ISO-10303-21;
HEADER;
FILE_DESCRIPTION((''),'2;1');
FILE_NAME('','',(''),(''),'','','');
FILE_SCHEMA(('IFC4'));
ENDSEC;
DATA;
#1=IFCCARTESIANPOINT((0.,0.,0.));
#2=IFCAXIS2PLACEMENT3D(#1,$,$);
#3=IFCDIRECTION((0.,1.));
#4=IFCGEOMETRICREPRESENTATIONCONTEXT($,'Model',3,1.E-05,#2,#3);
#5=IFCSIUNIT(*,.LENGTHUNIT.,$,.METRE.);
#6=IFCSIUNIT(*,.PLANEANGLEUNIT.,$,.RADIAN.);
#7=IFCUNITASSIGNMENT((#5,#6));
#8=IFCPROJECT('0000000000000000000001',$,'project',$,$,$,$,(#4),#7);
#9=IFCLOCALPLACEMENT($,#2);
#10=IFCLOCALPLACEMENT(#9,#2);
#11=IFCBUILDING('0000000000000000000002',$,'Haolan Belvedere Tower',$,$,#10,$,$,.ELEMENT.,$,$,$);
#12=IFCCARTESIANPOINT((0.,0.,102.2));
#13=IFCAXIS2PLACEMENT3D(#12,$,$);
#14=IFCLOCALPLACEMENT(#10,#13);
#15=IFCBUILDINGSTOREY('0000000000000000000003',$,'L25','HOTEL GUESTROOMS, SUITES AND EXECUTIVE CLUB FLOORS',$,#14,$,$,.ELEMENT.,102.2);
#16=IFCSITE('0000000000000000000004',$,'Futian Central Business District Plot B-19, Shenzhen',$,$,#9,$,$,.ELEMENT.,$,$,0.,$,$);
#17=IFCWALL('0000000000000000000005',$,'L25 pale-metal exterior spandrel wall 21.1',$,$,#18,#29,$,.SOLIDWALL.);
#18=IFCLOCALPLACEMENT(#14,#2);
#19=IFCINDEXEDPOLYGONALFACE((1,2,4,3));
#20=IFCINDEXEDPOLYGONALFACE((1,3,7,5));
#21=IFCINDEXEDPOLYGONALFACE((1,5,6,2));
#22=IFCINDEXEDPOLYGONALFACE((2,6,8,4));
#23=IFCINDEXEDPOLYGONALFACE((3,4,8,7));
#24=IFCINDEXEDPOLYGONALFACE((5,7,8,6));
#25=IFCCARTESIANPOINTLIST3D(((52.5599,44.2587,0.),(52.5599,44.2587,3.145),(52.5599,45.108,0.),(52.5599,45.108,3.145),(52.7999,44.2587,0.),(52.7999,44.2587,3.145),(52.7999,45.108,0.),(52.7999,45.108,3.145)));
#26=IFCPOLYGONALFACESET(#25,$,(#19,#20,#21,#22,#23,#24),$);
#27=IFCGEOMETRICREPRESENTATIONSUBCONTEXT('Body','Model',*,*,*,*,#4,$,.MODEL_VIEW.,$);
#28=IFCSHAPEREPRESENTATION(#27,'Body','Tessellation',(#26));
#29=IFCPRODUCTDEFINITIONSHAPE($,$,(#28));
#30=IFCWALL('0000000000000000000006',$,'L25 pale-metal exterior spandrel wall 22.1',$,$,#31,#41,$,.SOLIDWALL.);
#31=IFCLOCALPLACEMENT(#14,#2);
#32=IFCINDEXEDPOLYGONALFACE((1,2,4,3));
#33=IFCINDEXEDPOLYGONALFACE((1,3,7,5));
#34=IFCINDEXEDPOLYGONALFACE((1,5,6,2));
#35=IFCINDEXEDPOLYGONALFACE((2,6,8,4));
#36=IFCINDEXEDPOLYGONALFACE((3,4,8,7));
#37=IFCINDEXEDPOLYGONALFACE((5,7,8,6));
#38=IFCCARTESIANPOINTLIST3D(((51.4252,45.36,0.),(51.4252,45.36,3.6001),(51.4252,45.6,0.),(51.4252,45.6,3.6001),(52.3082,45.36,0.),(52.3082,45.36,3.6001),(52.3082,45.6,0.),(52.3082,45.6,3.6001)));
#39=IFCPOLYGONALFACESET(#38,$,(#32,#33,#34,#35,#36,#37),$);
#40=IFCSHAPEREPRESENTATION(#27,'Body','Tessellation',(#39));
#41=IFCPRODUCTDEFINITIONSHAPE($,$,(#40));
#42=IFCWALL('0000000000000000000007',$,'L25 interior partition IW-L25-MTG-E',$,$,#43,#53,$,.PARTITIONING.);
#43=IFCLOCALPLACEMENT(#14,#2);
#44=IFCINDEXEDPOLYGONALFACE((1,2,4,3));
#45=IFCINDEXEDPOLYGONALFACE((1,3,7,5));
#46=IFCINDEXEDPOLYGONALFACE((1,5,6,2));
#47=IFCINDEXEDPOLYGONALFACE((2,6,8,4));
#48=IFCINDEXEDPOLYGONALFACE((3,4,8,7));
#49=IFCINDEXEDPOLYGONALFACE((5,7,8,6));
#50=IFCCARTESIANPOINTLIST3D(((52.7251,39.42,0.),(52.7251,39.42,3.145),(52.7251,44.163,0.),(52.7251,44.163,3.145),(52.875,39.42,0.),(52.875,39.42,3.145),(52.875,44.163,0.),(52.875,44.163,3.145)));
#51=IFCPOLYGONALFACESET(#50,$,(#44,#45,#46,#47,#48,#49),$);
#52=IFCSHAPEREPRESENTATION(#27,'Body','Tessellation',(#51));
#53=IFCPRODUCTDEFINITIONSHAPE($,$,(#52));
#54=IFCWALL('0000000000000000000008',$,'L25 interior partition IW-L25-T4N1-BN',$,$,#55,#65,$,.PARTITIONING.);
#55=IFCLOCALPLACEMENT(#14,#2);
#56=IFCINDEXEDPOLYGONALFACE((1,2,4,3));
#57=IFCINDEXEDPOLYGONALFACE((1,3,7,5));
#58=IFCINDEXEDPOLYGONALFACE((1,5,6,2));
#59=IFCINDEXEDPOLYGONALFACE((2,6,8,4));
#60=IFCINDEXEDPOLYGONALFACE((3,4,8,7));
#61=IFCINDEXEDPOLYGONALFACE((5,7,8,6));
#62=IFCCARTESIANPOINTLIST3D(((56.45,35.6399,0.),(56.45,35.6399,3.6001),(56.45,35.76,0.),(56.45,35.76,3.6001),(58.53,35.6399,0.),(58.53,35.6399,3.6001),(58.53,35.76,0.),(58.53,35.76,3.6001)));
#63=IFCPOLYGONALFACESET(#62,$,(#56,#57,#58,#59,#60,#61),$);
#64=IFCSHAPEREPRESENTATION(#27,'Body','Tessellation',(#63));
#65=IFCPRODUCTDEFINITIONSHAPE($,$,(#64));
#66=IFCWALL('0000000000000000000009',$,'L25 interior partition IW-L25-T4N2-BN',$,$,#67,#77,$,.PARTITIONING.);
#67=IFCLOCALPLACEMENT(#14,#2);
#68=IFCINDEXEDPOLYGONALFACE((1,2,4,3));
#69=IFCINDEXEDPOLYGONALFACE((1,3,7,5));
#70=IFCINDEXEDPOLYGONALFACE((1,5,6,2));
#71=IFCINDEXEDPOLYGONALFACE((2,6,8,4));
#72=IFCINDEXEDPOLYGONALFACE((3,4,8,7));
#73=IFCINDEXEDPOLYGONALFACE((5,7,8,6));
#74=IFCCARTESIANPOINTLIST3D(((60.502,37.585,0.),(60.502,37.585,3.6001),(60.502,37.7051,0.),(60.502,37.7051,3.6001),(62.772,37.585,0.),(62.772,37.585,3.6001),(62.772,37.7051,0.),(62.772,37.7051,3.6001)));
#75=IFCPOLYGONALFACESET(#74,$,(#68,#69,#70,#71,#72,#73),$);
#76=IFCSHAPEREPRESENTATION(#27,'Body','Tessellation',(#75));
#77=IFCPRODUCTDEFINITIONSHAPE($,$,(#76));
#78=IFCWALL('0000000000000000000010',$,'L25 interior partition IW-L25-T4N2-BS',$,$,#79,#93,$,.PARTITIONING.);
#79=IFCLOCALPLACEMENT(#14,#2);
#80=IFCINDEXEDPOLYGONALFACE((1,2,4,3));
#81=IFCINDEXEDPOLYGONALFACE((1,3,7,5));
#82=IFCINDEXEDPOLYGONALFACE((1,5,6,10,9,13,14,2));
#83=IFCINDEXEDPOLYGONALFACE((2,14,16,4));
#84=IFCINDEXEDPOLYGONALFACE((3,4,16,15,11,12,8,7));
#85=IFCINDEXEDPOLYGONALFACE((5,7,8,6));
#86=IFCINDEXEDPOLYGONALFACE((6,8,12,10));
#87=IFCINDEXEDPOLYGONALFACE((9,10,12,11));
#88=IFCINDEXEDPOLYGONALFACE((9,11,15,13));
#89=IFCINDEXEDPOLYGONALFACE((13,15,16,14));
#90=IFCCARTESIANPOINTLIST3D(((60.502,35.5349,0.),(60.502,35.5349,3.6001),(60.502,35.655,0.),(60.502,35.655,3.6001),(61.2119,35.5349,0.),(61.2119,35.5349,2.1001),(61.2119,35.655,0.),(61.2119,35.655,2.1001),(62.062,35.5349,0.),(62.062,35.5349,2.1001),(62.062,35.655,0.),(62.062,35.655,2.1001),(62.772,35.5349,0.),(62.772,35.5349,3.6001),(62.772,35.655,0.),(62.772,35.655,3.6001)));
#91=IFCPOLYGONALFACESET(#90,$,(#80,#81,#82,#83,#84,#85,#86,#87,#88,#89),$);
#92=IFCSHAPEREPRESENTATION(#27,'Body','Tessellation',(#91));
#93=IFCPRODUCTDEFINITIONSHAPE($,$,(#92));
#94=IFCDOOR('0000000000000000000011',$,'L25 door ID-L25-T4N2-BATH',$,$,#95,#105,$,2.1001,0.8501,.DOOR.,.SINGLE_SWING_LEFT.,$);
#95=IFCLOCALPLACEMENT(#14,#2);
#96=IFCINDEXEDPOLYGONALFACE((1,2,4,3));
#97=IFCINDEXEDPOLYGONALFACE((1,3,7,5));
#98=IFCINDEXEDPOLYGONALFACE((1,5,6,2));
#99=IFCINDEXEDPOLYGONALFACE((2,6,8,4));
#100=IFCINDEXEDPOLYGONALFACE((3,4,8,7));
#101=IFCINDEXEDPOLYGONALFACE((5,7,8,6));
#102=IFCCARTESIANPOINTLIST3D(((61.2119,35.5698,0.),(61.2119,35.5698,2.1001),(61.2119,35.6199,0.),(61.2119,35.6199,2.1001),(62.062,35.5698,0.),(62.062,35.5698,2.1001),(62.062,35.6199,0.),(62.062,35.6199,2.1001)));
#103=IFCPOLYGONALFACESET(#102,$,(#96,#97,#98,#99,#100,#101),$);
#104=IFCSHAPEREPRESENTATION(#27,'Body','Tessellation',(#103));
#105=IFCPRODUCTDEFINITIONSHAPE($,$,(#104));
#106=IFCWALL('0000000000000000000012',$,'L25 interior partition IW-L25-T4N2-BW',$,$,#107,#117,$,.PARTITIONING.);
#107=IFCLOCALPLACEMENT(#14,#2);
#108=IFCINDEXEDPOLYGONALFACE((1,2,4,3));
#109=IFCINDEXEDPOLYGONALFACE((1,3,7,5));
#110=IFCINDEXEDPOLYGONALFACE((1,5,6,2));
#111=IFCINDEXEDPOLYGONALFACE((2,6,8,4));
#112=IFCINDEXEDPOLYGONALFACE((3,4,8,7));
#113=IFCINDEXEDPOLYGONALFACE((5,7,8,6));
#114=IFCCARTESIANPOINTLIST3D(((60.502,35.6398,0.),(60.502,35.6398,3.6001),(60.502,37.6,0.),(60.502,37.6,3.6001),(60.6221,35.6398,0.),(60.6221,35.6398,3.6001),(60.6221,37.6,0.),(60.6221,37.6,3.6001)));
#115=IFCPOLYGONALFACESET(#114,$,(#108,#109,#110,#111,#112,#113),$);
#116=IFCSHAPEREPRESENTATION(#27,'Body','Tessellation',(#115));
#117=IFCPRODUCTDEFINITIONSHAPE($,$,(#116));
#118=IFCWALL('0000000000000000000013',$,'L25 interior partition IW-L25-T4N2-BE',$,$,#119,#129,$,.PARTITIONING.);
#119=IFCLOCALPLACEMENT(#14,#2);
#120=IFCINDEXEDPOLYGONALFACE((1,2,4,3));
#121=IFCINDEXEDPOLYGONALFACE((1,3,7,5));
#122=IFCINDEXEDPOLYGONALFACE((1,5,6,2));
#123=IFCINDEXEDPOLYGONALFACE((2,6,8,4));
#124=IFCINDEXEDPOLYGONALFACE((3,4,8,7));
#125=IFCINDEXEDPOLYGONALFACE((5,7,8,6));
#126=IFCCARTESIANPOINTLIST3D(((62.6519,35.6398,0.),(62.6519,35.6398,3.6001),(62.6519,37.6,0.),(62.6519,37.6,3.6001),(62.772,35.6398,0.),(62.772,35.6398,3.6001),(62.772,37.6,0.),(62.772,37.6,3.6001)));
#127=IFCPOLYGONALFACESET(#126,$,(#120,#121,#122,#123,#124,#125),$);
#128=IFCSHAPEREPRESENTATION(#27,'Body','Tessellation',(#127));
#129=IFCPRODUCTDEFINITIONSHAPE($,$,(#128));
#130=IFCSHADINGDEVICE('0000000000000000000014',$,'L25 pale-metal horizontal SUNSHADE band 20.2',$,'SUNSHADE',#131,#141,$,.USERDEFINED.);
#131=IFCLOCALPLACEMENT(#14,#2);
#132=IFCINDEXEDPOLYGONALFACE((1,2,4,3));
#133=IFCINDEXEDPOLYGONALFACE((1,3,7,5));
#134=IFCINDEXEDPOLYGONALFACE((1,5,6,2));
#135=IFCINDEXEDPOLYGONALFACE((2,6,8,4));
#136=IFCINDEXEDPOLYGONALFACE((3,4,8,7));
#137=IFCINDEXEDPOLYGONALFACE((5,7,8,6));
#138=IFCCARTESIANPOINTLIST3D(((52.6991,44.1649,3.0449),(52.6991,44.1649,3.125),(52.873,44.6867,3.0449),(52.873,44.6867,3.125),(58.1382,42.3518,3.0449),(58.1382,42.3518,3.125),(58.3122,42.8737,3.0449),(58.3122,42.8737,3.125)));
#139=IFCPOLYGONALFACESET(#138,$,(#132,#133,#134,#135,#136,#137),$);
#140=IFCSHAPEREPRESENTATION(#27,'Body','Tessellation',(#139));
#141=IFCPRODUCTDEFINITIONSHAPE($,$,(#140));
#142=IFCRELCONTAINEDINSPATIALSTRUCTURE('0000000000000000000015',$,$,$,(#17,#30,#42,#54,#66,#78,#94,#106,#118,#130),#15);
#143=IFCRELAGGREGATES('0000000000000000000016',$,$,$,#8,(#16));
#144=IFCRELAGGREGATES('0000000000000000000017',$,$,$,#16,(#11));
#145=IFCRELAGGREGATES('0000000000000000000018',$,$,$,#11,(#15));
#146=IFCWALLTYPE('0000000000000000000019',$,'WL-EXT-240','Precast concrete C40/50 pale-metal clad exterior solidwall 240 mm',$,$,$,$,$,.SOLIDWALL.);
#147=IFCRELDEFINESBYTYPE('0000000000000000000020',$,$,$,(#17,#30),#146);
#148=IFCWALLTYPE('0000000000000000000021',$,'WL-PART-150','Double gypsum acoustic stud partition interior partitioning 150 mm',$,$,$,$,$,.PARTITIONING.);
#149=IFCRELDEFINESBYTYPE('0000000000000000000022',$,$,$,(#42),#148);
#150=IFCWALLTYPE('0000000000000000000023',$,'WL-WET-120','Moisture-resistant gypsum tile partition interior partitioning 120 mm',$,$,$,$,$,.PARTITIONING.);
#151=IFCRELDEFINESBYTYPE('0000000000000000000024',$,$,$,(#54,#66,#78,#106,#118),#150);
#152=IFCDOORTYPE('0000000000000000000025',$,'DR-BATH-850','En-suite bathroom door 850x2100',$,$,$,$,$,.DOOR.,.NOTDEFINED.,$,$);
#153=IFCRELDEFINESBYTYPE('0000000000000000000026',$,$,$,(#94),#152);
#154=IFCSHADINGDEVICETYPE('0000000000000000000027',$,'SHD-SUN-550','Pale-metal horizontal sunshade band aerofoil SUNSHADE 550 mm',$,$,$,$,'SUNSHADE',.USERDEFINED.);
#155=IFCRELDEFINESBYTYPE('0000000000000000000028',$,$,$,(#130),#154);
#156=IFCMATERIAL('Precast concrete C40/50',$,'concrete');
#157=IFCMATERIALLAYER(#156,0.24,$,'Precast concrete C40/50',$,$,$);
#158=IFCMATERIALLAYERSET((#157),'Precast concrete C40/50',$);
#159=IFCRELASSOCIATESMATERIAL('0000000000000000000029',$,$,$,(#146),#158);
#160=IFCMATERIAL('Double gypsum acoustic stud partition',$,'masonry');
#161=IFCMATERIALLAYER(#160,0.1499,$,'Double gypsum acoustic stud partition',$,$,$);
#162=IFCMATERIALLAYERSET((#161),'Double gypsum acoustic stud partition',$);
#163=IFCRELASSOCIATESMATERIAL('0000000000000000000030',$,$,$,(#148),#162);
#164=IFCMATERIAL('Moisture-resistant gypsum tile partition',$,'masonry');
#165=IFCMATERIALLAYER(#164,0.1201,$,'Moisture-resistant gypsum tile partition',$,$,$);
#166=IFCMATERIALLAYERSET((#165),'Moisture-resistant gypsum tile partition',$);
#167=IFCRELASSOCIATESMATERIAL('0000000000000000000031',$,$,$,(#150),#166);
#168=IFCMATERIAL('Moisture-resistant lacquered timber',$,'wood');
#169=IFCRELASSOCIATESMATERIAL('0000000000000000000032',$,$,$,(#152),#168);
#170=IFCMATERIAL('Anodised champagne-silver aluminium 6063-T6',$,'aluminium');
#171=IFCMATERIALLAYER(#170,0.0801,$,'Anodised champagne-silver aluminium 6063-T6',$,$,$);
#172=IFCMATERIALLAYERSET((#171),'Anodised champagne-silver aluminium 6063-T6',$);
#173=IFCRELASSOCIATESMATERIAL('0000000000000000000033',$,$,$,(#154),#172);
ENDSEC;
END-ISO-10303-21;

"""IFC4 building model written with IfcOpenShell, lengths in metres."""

from ifc_helpers import new_model, si_unit, direction, frame, frame_2d, origin, origin_2d, place, context, subcontext, project, spatial, rectangle, extrude, material, layer, layer_set, type_object, element, fill, save


model = new_model("IFC4")

# Units and contexts
model_context = context("Model", 3, precision=1e-05, world=origin(), true_north=direction((0.0, 1.0)))
body_context = subcontext(model_context, "Body", "Model", "MODEL_VIEW")
ifc_project = project(units=[si_unit("LENGTHUNIT", "METRE"), si_unit("PLANEANGLEUNIT", "RADIAN")], contexts=[model_context])

# Site, building, storey
site_placement = place(None, origin())
site = spatial("IfcSite", under=ifc_project, at=site_placement, Name="Futian Central Business District Plot B-19, Shenzhen", CompositionType="ELEMENT", RefElevation=0.0)
building_placement = place(site_placement, origin())
building = spatial("IfcBuilding", under=site, at=building_placement, Name="Haolan Belvedere Tower", CompositionType="ELEMENT")
storey_placement = place(building_placement, frame((0.0, 0.0, 102.2)))
storey = spatial("IfcBuildingStorey", under=building, at=storey_placement, Name="L25", Description="HOTEL GUESTROOMS, SUITES AND EXECUTIVE CLUB FLOORS", CompositionType="ELEMENT", Elevation=102.2)

# Shared definitions
ifc_material_1 = material(Name="Precast concrete C40/50", Category="concrete")
ifc_layer_1 = layer(ifc_material_1, 0.24, Name="Precast concrete C40/50")
ifc_layer_set_1 = layer_set([ifc_layer_1], Name="Precast concrete C40/50")
wall_type_1 = type_object("IfcWallType", Name="WL-EXT-240", Description="Precast concrete C40/50 pale-metal clad exterior solidwall 240 mm", PredefinedType="SOLIDWALL", material=ifc_layer_set_1)

# Walls
wall_1_placement = place(storey_placement, frame((52.6799, 44.2585, 0.0), z_axis=(0.0, 0.0, 1.0), x_axis=(0.0, 1.0, 0.0)))
element("IfcWall", 1, at=wall_1_placement, inside=storey, type_object=wall_type_1, Name="L25 pale-metal exterior spandrel wall 21.1", PredefinedType="SOLIDWALL", context=body_context, shape_type="SweptSolid", body=[
    extrude(rectangle(XDim=0.8494, YDim=0.24, at=frame_2d((0.4248, 0.0))), origin(), (0.0, 0.0, 1.0), 3.145),
])
wall_2_placement = place(storey_placement, frame((52.3081, 45.48, 0.0), z_axis=(0.0, 0.0, 1.0), x_axis=(-1.0, 0.0, 0.0)))
element("IfcWall", 2, at=wall_2_placement, inside=storey, type_object=wall_type_1, Name="L25 pale-metal exterior spandrel wall 22.1", PredefinedType="SOLIDWALL", context=body_context, shape_type="SweptSolid", body=[
    extrude(rectangle(XDim=0.8831, YDim=0.24, at=frame_2d((0.4414, 0.0))), origin(), (0.0, 0.0, 1.0), 3.6001),
])
ifc_material_2 = material(Name="Double gypsum acoustic stud partition", Category="masonry")
ifc_layer_2 = layer(ifc_material_2, 0.1499, Name="Double gypsum acoustic stud partition")
ifc_layer_set_2 = layer_set([ifc_layer_2], Name="Double gypsum acoustic stud partition")
wall_type_2 = type_object("IfcWallType", Name="WL-PART-150", Description="Double gypsum acoustic stud partition interior partitioning 150 mm", PredefinedType="PARTITIONING", material=ifc_layer_set_2)
wall_3_placement = place(storey_placement, frame((52.8, 39.4199, 0.0), z_axis=(0.0, 0.0, 1.0), x_axis=(0.0, 1.0, 0.0)))
element("IfcWall", 3, at=wall_3_placement, inside=storey, type_object=wall_type_2, Name="L25 interior partition IW-L25-MTG-E", PredefinedType="PARTITIONING", context=body_context, shape_type="SweptSolid", body=[
    extrude(rectangle(XDim=4.7429, YDim=0.1499, at=frame_2d((2.3716, 0.0))), origin(), (0.0, 0.0, 1.0), 3.145),
])
ifc_material_3 = material(Name="Moisture-resistant gypsum tile partition", Category="masonry")
ifc_layer_3 = layer(ifc_material_3, 0.1201, Name="Moisture-resistant gypsum tile partition")
ifc_layer_set_3 = layer_set([ifc_layer_3], Name="Moisture-resistant gypsum tile partition")
wall_type_3 = type_object("IfcWallType", Name="WL-WET-120", Description="Moisture-resistant gypsum tile partition interior partitioning 120 mm", PredefinedType="PARTITIONING", material=ifc_layer_set_3)
wall_4_placement = place(storey_placement, frame((56.45, 35.7, 0.0), z_axis=(0.0, 0.0, 1.0), x_axis=(1.0, 0.0, 0.0)))
element("IfcWall", 4, at=wall_4_placement, inside=storey, type_object=wall_type_3, Name="L25 interior partition IW-L25-T4N1-BN", PredefinedType="PARTITIONING", context=body_context, shape_type="SweptSolid", body=[
    extrude(rectangle(XDim=2.0801, YDim=0.1201, at=frame_2d((1.04, 0.0))), origin(), (0.0, 0.0, 1.0), 3.6001),
])
wall_5_placement = place(storey_placement, frame((60.502, 37.645, 0.0), z_axis=(0.0, 0.0, 1.0), x_axis=(1.0, 0.0, 0.0)))
element("IfcWall", 5, at=wall_5_placement, inside=storey, type_object=wall_type_3, Name="L25 interior partition IW-L25-T4N2-BN", PredefinedType="PARTITIONING", context=body_context, shape_type="SweptSolid", body=[
    extrude(rectangle(XDim=2.27, YDim=0.1201, at=frame_2d((1.135, 0.0))), origin(), (0.0, 0.0, 1.0), 3.6001),
])

# Wall, opening, door
wall_6_placement = place(storey_placement, frame((60.502, 35.595, 0.0), z_axis=(0.0, 0.0, 1.0), x_axis=(1.0, 0.0, 0.0)))
wall_6 = element("IfcWall", 6, at=wall_6_placement, inside=storey, type_object=wall_type_3, Name="L25 interior partition IW-L25-T4N2-BS", PredefinedType="PARTITIONING", context=body_context, shape_type="SweptSolid", body=[
    extrude(rectangle(XDim=2.27, YDim=0.1201, at=frame_2d((1.135, 0.0))), origin(), (0.0, 0.0, 1.0), 3.6001),
])
opening_1_placement = place(wall_6_placement, frame((0.71, 0.0, 0.0)))
opening_1 = element("IfcOpeningElement", 7, at=opening_1_placement, cuts=wall_6, PredefinedType="OPENING", context=body_context, shape_type="SweptSolid", body=[
    extrude(rectangle(XDim=0.8501, YDim=2.1001, at=frame_2d((0.425, 1.05))), frame((0.0, 0.0701, 0.0), z_axis=(0.0, -1.0, 0.0), x_axis=(1.0, 0.0, 0.0)), (0.0, 0.0, 1.0), 0.1401),
])
ifc_material_4 = material(Name="Moisture-resistant lacquered timber", Category="wood")
door_type = type_object("IfcDoorType", Name="DR-BATH-850", Description="En-suite bathroom door 850x2100", OperationType="NOTDEFINED", PredefinedType="DOOR", material=ifc_material_4)
door_placement = place(opening_1_placement, origin())
door = element("IfcDoor", 8, at=door_placement, inside=storey, type_object=door_type, Name="L25 door ID-L25-T4N2-BATH", OperationType="SINGLE_SWING_LEFT", OverallHeight=2.1001, OverallWidth=0.8501, PredefinedType="DOOR", context=body_context, shape_type="SweptSolid", body=[
    extrude(rectangle(XDim=0.8501, YDim=2.1001, at=frame_2d((0.425, 1.05))), frame((0.0, 0.0249, 0.0), z_axis=(0.0, -1.0, 0.0), x_axis=(1.0, 0.0, 0.0)), (0.0, 0.0, 1.0), 0.05),
])
fill(opening_1, door)

# Walls
for number, where, z_axis, x_axis, name in (
    (9, (60.562, 35.6399, 0.0), (0.0, 0.0, 1.0), (0.0, 1.0, 0.0), "L25 interior partition IW-L25-T4N2-BW"),
    (10, (62.7119, 35.6399, 0.0), (0.0, 0.0, 1.0), (0.0, 1.0, 0.0), "L25 interior partition IW-L25-T4N2-BE"),
):
    element("IfcWall", number, at=place(storey_placement, frame(where, z_axis=z_axis, x_axis=x_axis)), inside=storey, type_object=wall_type_3, Name=name, PredefinedType="PARTITIONING", context=body_context, shape_type="SweptSolid", body=[
        extrude(rectangle(XDim=1.9602, YDim=0.1201, at=frame_2d((0.98, 0.0))), origin(), (0.0, 0.0, 1.0), 3.6001),
    ])

# Shading device
ifc_material_5 = material(Name="Anodised champagne-silver aluminium 6063-T6", Category="aluminium")
ifc_layer_4 = layer(ifc_material_5, 0.0801, Name="Anodised champagne-silver aluminium 6063-T6")
ifc_layer_set_4 = layer_set([ifc_layer_4], Name="Anodised champagne-silver aluminium 6063-T6")
shading_device_type = type_object("IfcShadingDeviceType", Name="SHD-SUN-550", Description="Pale-metal horizontal sunshade band aerofoil SUNSHADE 550 mm", ElementType="SUNSHADE", PredefinedType="USERDEFINED", material=ifc_layer_set_4)
shading_device_placement = place(storey_placement, frame((55.5056, 43.5193, 3.0449), z_axis=(0.0, 0.0, 1.0), x_axis=(-0.948683, 0.316229, 0.0)))
element("IfcShadingDevice", 11, at=shading_device_placement, inside=storey, type_object=shading_device_type, Name="L25 pale-metal horizontal SUNSHADE band 20.2", ObjectType="SUNSHADE", PredefinedType="USERDEFINED", context=body_context, shape_type="SweptSolid", body=[
    extrude(rectangle(XDim=5.7334, YDim=0.55, at=origin_2d()), origin(), (0.0, 0.0, 1.0), 0.0801),
])

save(model, "model.ifc")
